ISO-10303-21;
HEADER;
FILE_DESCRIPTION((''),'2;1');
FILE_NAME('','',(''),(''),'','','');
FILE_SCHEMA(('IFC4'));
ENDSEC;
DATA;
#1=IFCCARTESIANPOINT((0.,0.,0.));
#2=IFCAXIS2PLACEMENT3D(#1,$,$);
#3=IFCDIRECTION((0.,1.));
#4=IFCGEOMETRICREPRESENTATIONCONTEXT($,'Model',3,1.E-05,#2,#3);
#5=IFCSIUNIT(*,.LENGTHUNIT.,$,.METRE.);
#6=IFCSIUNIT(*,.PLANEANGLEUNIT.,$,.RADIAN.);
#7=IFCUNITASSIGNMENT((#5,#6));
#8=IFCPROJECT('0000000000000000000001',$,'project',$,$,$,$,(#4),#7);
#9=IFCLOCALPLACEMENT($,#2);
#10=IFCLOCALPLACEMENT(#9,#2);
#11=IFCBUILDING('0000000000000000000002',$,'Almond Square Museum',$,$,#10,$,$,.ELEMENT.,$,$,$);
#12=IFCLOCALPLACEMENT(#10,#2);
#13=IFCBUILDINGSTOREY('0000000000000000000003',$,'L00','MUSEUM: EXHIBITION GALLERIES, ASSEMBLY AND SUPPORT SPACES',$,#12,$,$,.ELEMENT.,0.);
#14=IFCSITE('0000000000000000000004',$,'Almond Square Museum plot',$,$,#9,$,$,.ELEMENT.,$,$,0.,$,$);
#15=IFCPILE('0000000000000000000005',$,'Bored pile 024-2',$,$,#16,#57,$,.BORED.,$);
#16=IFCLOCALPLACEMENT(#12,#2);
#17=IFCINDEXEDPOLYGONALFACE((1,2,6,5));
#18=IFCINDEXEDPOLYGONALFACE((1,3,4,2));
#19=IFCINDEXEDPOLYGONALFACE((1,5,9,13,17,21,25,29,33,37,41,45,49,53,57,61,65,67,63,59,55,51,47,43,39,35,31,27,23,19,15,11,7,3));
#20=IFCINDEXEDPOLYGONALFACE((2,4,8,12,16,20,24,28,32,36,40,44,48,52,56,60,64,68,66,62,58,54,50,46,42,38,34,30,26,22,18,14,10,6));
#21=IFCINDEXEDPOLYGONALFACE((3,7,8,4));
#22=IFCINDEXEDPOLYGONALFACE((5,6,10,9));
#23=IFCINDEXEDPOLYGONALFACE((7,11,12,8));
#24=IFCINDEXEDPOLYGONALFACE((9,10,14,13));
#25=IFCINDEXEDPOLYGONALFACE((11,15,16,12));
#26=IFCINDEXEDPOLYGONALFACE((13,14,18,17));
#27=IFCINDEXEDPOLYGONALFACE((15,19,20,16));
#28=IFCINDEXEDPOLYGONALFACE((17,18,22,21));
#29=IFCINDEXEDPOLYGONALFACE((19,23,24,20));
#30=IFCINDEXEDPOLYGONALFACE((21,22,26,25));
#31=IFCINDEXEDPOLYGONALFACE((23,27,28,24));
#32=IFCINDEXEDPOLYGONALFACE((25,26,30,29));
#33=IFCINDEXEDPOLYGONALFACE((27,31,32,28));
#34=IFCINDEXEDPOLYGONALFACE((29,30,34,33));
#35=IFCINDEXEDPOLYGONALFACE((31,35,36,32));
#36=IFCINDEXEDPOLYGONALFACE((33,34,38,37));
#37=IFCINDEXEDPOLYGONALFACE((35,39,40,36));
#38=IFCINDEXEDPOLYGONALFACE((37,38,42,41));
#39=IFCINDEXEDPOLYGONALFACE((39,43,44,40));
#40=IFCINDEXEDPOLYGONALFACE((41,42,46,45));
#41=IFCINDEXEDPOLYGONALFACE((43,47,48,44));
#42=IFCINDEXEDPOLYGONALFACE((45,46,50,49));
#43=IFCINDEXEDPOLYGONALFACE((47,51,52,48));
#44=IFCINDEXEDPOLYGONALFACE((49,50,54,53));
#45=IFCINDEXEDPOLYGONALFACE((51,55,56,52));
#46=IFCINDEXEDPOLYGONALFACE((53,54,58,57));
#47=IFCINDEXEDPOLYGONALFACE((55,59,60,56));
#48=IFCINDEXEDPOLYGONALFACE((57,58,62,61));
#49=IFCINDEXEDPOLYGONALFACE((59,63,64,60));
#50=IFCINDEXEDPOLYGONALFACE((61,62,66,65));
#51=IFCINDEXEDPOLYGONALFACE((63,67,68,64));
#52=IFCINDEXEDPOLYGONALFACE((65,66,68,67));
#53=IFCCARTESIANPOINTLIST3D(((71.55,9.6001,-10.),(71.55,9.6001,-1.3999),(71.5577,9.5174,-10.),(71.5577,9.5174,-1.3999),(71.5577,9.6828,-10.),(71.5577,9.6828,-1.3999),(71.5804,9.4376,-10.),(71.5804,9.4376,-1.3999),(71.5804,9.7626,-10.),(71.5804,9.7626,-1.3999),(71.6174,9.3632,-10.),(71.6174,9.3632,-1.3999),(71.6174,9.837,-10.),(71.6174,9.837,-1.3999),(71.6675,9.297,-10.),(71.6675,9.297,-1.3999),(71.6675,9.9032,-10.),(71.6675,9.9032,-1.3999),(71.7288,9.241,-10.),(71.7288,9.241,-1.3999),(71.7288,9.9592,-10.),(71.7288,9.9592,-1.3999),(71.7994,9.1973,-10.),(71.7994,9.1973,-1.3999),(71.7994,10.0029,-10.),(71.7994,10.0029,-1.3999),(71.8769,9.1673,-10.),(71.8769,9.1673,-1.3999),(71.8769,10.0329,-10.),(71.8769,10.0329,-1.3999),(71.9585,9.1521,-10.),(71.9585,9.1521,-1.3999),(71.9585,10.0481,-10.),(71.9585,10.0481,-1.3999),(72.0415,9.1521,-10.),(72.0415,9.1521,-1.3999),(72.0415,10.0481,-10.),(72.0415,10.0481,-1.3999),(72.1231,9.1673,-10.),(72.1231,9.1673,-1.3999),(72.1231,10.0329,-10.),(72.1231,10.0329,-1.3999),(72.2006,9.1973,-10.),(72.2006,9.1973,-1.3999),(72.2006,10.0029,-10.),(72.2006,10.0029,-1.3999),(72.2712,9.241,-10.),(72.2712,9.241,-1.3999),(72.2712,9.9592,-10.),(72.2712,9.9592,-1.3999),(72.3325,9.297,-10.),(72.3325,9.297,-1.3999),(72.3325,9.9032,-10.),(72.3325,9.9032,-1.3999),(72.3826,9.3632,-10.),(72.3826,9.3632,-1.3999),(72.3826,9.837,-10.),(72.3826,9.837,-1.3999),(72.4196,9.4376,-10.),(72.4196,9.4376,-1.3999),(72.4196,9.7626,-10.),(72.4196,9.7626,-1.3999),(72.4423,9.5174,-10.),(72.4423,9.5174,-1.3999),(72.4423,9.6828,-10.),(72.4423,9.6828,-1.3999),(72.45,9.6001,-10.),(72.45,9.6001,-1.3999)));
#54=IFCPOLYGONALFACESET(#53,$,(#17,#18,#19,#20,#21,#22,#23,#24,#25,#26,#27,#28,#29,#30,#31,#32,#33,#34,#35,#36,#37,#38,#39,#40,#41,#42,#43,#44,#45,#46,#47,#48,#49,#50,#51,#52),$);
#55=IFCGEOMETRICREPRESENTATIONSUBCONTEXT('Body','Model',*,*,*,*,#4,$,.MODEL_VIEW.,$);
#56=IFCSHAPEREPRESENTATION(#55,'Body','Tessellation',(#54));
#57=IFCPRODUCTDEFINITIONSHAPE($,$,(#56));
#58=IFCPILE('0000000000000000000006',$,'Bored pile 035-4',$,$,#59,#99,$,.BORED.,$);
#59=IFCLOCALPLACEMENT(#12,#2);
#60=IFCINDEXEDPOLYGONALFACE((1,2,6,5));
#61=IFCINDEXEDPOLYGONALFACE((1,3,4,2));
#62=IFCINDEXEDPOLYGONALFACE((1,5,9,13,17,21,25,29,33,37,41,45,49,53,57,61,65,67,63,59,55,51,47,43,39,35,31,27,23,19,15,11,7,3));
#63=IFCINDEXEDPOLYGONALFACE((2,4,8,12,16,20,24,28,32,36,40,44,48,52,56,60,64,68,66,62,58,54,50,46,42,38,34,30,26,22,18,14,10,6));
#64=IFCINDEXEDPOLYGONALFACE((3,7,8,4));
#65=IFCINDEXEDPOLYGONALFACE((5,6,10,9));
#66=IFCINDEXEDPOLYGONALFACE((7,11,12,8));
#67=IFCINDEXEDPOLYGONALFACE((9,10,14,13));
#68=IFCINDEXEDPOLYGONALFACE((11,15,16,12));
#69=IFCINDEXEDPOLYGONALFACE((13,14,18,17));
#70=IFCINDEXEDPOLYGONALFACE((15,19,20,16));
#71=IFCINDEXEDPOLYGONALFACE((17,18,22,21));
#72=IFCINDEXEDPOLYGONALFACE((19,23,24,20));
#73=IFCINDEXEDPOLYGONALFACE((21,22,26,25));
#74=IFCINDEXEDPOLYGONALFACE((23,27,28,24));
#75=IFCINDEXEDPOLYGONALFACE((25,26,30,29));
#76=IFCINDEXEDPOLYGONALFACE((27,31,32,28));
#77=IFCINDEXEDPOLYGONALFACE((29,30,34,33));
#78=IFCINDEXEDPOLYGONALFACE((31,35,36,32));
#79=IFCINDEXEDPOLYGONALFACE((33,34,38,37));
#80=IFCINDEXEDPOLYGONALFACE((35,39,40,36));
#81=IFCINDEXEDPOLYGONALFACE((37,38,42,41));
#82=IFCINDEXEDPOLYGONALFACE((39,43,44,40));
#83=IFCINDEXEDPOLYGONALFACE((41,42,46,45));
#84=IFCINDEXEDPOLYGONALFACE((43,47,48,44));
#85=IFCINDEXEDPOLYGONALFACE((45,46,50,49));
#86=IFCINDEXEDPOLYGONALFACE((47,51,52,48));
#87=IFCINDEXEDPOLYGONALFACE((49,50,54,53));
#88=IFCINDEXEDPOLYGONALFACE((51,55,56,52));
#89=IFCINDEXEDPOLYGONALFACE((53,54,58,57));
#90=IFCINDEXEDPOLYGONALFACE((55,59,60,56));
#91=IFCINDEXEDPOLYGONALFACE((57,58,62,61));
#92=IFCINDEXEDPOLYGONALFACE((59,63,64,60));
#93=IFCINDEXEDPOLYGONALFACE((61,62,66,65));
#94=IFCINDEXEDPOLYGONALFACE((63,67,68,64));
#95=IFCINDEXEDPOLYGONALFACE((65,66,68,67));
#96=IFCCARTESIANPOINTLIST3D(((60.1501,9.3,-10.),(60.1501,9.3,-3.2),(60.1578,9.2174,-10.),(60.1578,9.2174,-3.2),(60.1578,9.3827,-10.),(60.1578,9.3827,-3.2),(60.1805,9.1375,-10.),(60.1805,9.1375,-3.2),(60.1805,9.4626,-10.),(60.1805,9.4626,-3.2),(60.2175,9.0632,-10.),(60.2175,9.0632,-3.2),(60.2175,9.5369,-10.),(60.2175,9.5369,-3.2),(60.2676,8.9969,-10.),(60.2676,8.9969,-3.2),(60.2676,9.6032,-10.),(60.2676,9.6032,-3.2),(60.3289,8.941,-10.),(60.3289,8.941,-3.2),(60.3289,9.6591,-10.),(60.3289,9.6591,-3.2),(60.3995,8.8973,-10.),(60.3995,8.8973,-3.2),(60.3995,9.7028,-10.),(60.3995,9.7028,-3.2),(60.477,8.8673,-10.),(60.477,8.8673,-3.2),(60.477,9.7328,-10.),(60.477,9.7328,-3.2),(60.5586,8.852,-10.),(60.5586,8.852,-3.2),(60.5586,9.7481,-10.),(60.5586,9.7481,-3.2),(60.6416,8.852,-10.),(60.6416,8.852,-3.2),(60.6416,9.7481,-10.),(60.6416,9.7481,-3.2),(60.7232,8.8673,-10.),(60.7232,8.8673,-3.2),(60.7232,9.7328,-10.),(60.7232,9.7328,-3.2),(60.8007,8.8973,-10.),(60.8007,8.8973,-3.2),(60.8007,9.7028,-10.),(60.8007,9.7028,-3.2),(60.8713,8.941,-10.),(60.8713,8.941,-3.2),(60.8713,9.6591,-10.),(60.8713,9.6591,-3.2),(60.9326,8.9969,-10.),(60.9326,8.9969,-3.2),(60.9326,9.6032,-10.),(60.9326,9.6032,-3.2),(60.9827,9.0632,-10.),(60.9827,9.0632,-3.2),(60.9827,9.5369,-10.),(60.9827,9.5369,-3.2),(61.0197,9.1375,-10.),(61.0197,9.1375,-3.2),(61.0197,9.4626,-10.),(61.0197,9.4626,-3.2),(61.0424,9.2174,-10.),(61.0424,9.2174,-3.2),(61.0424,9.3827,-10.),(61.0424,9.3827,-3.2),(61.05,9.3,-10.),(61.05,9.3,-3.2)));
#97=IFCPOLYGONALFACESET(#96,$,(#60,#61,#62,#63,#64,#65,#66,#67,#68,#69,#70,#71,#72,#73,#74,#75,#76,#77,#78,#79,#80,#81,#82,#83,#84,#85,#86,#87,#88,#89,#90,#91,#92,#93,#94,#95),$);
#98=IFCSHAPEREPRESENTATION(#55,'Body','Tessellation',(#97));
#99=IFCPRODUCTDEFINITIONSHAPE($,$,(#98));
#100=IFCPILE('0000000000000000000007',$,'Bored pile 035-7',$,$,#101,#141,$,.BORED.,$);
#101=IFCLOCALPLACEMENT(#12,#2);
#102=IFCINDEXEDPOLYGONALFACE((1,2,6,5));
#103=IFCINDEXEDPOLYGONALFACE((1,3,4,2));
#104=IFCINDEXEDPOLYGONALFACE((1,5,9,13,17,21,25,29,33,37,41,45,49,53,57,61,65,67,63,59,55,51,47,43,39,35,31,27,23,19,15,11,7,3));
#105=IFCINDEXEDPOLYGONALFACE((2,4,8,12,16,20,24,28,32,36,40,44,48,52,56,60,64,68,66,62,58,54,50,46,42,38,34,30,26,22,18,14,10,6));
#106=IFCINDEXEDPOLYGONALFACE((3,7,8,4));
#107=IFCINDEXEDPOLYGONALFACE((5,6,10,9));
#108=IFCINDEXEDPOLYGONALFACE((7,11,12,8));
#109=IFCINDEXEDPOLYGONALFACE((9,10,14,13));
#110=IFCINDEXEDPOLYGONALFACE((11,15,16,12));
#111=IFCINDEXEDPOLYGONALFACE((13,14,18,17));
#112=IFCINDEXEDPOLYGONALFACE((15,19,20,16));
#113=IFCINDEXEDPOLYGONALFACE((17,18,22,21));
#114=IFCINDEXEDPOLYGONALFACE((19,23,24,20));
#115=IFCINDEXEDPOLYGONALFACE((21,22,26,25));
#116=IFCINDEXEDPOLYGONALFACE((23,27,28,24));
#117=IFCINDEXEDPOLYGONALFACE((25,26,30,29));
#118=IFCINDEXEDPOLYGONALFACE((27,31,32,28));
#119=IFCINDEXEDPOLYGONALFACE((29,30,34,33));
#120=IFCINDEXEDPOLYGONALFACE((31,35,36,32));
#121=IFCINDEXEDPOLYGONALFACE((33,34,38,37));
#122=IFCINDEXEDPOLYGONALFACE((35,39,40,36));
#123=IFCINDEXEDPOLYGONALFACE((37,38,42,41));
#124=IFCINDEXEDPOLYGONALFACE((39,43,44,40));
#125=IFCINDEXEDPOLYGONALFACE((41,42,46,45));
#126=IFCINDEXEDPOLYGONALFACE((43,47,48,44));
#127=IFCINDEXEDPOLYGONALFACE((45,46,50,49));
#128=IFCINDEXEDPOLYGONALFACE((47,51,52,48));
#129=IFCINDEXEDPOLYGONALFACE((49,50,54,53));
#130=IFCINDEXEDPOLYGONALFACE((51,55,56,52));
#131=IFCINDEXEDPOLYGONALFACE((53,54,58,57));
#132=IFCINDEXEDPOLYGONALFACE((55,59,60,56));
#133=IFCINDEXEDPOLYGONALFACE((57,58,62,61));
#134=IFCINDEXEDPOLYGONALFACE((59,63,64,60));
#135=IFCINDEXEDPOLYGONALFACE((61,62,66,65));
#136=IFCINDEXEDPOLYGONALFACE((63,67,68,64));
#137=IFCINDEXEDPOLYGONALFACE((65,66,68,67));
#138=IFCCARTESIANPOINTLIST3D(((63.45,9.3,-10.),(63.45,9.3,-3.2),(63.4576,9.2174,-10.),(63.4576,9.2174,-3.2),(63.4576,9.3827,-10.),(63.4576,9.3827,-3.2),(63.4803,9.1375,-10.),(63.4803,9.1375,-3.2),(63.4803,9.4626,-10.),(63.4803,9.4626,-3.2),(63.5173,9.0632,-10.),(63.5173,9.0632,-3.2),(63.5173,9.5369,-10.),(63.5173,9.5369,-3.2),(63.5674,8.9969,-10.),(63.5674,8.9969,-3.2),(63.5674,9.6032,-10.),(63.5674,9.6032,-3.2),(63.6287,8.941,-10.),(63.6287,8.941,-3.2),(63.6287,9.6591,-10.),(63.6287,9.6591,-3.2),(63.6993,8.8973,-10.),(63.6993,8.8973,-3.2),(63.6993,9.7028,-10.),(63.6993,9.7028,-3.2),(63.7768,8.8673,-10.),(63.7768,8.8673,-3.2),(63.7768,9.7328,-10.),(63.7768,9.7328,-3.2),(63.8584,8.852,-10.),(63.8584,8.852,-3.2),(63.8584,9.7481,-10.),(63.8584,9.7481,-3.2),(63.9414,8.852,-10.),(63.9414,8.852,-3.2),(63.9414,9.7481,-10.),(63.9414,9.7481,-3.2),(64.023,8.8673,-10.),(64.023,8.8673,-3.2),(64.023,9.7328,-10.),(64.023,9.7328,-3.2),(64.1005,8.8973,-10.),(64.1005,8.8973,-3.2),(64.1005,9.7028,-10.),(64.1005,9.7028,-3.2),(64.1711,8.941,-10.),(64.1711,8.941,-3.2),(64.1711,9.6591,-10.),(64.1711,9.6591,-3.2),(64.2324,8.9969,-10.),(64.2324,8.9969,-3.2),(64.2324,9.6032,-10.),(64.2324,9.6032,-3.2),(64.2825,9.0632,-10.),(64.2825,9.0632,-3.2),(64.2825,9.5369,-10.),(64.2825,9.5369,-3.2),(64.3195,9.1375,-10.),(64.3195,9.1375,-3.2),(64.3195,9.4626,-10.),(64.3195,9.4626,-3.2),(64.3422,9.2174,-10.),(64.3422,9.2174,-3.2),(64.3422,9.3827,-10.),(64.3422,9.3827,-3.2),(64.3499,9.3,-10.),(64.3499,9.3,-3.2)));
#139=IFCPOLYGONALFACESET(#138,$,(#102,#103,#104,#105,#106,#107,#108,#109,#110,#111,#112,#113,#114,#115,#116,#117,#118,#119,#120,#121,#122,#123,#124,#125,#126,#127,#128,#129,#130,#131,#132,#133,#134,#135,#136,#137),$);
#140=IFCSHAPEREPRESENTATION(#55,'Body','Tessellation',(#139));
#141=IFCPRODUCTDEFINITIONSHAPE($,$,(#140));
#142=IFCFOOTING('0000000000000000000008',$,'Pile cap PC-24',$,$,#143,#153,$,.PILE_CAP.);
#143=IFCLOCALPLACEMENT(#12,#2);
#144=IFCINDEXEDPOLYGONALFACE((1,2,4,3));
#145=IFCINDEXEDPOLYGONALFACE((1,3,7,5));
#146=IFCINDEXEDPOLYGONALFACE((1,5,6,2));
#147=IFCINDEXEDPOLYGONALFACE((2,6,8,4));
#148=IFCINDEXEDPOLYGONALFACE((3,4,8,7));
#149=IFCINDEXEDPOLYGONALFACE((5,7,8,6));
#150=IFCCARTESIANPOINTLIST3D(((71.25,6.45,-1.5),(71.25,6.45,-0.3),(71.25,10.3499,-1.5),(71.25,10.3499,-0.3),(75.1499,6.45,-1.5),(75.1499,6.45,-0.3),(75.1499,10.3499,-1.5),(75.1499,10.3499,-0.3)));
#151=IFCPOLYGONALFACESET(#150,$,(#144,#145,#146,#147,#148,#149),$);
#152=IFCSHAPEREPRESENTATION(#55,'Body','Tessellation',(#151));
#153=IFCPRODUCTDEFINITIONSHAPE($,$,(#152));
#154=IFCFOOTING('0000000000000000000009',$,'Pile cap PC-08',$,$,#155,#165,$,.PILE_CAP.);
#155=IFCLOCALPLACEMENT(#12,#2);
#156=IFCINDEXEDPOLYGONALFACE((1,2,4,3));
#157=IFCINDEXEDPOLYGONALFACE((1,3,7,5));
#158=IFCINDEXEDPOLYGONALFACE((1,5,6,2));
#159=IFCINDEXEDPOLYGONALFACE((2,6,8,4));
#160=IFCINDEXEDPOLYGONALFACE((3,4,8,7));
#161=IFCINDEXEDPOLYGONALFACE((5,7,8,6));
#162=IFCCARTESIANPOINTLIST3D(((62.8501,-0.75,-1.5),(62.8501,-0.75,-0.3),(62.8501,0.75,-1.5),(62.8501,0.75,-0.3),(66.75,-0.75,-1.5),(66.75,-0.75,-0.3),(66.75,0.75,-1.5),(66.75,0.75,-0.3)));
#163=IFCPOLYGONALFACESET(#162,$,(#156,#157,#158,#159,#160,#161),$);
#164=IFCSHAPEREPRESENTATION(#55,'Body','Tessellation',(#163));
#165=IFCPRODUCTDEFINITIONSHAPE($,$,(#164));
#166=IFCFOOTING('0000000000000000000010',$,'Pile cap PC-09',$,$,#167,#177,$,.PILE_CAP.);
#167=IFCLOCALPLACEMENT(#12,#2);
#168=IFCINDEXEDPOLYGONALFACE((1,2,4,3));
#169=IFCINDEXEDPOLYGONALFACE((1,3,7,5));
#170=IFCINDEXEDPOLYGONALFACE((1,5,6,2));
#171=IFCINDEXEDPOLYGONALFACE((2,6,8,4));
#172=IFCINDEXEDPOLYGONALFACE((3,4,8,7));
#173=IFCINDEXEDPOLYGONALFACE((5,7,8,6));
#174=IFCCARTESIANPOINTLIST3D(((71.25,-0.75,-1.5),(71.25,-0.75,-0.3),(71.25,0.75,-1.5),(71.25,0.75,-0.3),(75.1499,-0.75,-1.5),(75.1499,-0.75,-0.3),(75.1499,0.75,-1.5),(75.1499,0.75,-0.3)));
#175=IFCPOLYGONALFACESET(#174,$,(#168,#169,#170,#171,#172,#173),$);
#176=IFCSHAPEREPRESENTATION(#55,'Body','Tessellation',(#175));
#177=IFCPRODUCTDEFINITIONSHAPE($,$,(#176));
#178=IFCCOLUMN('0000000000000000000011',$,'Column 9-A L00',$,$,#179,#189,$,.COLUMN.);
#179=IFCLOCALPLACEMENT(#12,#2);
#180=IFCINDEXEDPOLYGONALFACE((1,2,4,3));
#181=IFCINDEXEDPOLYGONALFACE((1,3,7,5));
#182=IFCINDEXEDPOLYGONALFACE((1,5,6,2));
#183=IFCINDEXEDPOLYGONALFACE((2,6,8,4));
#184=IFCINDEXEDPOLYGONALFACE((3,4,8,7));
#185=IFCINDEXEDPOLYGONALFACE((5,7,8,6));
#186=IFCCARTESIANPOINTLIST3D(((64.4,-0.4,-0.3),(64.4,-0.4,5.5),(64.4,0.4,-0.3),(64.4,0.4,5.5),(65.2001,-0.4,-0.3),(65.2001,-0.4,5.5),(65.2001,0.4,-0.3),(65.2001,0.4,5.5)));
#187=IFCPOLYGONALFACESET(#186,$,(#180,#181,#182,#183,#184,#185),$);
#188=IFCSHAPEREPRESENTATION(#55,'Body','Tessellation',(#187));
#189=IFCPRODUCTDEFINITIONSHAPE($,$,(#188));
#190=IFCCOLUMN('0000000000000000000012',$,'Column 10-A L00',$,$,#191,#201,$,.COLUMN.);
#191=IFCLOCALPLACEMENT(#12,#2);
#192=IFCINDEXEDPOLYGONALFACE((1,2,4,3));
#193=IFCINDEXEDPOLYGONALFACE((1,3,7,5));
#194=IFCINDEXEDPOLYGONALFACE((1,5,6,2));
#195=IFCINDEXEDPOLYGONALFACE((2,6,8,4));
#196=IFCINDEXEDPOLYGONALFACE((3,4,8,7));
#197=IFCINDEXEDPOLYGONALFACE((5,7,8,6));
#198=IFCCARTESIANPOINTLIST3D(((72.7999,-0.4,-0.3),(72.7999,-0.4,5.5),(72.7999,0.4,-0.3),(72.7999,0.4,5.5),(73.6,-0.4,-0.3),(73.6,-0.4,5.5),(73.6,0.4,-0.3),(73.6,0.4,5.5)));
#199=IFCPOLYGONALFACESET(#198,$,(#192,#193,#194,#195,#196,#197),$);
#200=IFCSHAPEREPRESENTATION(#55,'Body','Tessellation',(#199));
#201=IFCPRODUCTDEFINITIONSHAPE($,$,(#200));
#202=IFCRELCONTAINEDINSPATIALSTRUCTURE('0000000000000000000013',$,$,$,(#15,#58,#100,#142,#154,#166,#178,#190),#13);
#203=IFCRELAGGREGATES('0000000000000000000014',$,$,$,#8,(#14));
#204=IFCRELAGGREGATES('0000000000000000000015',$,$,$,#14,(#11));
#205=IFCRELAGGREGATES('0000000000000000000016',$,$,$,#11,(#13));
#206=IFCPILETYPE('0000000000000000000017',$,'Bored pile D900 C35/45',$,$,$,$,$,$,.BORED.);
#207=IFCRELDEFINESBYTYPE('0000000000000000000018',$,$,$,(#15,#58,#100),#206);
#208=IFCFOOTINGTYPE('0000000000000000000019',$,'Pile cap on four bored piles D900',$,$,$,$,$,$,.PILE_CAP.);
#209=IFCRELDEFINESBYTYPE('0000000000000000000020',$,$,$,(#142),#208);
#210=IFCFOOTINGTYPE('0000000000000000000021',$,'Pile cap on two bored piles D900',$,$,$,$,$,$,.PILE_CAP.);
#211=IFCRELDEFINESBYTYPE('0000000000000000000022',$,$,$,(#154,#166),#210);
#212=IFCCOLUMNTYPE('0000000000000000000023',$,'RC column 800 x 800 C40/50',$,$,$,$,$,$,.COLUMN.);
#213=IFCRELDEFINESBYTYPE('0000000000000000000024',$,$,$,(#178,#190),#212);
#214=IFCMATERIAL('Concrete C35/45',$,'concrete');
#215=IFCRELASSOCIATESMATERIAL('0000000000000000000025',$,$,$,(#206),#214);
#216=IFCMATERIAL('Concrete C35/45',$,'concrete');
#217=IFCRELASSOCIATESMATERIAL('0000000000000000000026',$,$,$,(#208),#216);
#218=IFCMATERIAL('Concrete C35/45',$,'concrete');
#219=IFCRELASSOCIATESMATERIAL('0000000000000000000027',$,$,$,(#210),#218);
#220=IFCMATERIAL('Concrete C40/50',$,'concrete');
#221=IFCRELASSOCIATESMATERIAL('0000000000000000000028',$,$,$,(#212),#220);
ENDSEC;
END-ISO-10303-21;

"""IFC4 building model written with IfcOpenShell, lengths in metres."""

from ifc_helpers import new_model, si_unit, direction, frame, origin, origin_2d, place, context, subcontext, project, spatial, rectangle, circle, extrude, material, material_profile, profile_set, type_object, element, save


model = new_model("IFC4")

# Units and contexts
model_context = context("Model", 3, precision=1e-05, world=origin(), true_north=direction((0.0, 1.0)))
body_context = subcontext(model_context, "Body", "Model", "MODEL_VIEW")
ifc_project = project(units=[si_unit("LENGTHUNIT", "METRE"), si_unit("PLANEANGLEUNIT", "RADIAN")], contexts=[model_context])

# Site, building, storey
site_placement = place(None, origin())
site = spatial("IfcSite", under=ifc_project, at=site_placement, Name="Almond Square Museum plot", CompositionType="ELEMENT", RefElevation=0.0)
building_placement = place(site_placement, origin())
building = spatial("IfcBuilding", under=site, at=building_placement, Name="Almond Square Museum", CompositionType="ELEMENT")
storey_placement = place(building_placement, origin())
storey = spatial("IfcBuildingStorey", under=building, at=storey_placement, Name="L00", Description="MUSEUM: EXHIBITION GALLERIES, ASSEMBLY AND SUPPORT SPACES", CompositionType="ELEMENT", Elevation=0.0)

# Piles
ifc_material_1 = material(Name="Concrete C35/45", Category="concrete")
ifc_material_profile_1 = material_profile(ifc_material_1, circle(Radius=0.45, at=origin_2d()))
ifc_profile_set_1 = profile_set([ifc_material_profile_1], Name="Concrete C35/45")
pile_type = type_object("IfcPileType", Name="Bored pile D900 C35/45", PredefinedType="BORED", material=ifc_profile_set_1)
for number, where, z_axis, x_axis, name in (
    (1, (72.0, 9.6001, -1.3999), (0.0, 0.0, -1.0), (1.0, 0.0, 0.0), "Bored pile 024-2"),
):
    element("IfcPile", number, at=place(storey_placement, frame(where, z_axis=z_axis, x_axis=x_axis)), inside=storey, type_object=pile_type, Name=name, PredefinedType="BORED", context=body_context, shape_type="SweptSolid", body=[
        extrude(circle(Radius=0.45, at=origin_2d()), origin(), (0.0, 0.0, 1.0), 8.6001),
    ])
for number, where, z_axis, x_axis, name in (
    (2, (60.6001, 9.3, -3.2), (0.0, 0.0, -1.0), (1.0, 0.0, 0.0), "Bored pile 035-4"),
    (3, (63.8999, 9.3, -3.2), (0.0, 0.0, -1.0), (1.0, 0.0, 0.0), "Bored pile 035-7"),
):
    element("IfcPile", number, at=place(storey_placement, frame(where, z_axis=z_axis, x_axis=x_axis)), inside=storey, type_object=pile_type, Name=name, PredefinedType="BORED", context=body_context, shape_type="SweptSolid", body=[
        extrude(circle(Radius=0.45, at=origin_2d()), origin(), (0.0, 0.0, 1.0), 6.8),
    ])

# Footings
ifc_material_2 = material(Name="Concrete C35/45", Category="concrete")
footing_type_1 = type_object("IfcFootingType", Name="Pile cap on four bored piles D900", PredefinedType="PILE_CAP", material=ifc_material_2)
footing_placement = place(storey_placement, frame((73.2, 8.3999, -1.5), z_axis=(0.0, 0.0, 1.0), x_axis=(1.0, 0.0, 0.0)))
element("IfcFooting", 4, at=footing_placement, inside=storey, type_object=footing_type_1, Name="Pile cap PC-24", PredefinedType="PILE_CAP", context=body_context, shape_type="SweptSolid", body=[
    extrude(rectangle(XDim=3.8999, YDim=3.8999, at=origin_2d()), origin(), (0.0, 0.0, 1.0), 1.2),
])
ifc_material_3 = material(Name="Concrete C35/45", Category="concrete")
footing_type_2 = type_object("IfcFootingType", Name="Pile cap on two bored piles D900", PredefinedType="PILE_CAP", material=ifc_material_3)
for number, where, z_axis, x_axis, name in (
    (5, (64.8, 0.0, -1.5), (0.0, 0.0, 1.0), (1.0, 0.0, 0.0), "Pile cap PC-08"),
    (6, (73.2, 0.0, -1.5), (0.0, 0.0, 1.0), (1.0, 0.0, 0.0), "Pile cap PC-09"),
):
    element("IfcFooting", number, at=place(storey_placement, frame(where, z_axis=z_axis, x_axis=x_axis)), inside=storey, type_object=footing_type_2, Name=name, PredefinedType="PILE_CAP", context=body_context, shape_type="SweptSolid", body=[
        extrude(rectangle(XDim=3.8999, YDim=1.5, at=origin_2d()), origin(), (0.0, 0.0, 1.0), 1.2),
    ])

# Columns
ifc_material_4 = material(Name="Concrete C40/50", Category="concrete")
ifc_material_profile_2 = material_profile(ifc_material_4, rectangle(XDim=0.8, YDim=0.8, at=origin_2d()))
ifc_profile_set_2 = profile_set([ifc_material_profile_2], Name="Concrete C40/50")
column_type = type_object("IfcColumnType", Name="RC column 800 x 800 C40/50", PredefinedType="COLUMN", material=ifc_profile_set_2)
for number, where, z_axis, x_axis, name in (
    (7, (64.8, 0.0, -0.3), (0.0, 0.0, 1.0), (1.0, 0.0, 0.0), "Column 9-A L00"),
    (8, (73.2, 0.0, -0.3), (0.0, 0.0, 1.0), (1.0, 0.0, 0.0), "Column 10-A L00"),
):
    element("IfcColumn", number, at=place(storey_placement, frame(where, z_axis=z_axis, x_axis=x_axis)), inside=storey, type_object=column_type, Name=name, PredefinedType="COLUMN", context=body_context, shape_type="SweptSolid", body=[
        extrude(rectangle(XDim=0.8, YDim=0.8, at=origin_2d()), origin(), (0.0, 0.0, 1.0), 5.8),
    ])

save(model, "model.ifc")
